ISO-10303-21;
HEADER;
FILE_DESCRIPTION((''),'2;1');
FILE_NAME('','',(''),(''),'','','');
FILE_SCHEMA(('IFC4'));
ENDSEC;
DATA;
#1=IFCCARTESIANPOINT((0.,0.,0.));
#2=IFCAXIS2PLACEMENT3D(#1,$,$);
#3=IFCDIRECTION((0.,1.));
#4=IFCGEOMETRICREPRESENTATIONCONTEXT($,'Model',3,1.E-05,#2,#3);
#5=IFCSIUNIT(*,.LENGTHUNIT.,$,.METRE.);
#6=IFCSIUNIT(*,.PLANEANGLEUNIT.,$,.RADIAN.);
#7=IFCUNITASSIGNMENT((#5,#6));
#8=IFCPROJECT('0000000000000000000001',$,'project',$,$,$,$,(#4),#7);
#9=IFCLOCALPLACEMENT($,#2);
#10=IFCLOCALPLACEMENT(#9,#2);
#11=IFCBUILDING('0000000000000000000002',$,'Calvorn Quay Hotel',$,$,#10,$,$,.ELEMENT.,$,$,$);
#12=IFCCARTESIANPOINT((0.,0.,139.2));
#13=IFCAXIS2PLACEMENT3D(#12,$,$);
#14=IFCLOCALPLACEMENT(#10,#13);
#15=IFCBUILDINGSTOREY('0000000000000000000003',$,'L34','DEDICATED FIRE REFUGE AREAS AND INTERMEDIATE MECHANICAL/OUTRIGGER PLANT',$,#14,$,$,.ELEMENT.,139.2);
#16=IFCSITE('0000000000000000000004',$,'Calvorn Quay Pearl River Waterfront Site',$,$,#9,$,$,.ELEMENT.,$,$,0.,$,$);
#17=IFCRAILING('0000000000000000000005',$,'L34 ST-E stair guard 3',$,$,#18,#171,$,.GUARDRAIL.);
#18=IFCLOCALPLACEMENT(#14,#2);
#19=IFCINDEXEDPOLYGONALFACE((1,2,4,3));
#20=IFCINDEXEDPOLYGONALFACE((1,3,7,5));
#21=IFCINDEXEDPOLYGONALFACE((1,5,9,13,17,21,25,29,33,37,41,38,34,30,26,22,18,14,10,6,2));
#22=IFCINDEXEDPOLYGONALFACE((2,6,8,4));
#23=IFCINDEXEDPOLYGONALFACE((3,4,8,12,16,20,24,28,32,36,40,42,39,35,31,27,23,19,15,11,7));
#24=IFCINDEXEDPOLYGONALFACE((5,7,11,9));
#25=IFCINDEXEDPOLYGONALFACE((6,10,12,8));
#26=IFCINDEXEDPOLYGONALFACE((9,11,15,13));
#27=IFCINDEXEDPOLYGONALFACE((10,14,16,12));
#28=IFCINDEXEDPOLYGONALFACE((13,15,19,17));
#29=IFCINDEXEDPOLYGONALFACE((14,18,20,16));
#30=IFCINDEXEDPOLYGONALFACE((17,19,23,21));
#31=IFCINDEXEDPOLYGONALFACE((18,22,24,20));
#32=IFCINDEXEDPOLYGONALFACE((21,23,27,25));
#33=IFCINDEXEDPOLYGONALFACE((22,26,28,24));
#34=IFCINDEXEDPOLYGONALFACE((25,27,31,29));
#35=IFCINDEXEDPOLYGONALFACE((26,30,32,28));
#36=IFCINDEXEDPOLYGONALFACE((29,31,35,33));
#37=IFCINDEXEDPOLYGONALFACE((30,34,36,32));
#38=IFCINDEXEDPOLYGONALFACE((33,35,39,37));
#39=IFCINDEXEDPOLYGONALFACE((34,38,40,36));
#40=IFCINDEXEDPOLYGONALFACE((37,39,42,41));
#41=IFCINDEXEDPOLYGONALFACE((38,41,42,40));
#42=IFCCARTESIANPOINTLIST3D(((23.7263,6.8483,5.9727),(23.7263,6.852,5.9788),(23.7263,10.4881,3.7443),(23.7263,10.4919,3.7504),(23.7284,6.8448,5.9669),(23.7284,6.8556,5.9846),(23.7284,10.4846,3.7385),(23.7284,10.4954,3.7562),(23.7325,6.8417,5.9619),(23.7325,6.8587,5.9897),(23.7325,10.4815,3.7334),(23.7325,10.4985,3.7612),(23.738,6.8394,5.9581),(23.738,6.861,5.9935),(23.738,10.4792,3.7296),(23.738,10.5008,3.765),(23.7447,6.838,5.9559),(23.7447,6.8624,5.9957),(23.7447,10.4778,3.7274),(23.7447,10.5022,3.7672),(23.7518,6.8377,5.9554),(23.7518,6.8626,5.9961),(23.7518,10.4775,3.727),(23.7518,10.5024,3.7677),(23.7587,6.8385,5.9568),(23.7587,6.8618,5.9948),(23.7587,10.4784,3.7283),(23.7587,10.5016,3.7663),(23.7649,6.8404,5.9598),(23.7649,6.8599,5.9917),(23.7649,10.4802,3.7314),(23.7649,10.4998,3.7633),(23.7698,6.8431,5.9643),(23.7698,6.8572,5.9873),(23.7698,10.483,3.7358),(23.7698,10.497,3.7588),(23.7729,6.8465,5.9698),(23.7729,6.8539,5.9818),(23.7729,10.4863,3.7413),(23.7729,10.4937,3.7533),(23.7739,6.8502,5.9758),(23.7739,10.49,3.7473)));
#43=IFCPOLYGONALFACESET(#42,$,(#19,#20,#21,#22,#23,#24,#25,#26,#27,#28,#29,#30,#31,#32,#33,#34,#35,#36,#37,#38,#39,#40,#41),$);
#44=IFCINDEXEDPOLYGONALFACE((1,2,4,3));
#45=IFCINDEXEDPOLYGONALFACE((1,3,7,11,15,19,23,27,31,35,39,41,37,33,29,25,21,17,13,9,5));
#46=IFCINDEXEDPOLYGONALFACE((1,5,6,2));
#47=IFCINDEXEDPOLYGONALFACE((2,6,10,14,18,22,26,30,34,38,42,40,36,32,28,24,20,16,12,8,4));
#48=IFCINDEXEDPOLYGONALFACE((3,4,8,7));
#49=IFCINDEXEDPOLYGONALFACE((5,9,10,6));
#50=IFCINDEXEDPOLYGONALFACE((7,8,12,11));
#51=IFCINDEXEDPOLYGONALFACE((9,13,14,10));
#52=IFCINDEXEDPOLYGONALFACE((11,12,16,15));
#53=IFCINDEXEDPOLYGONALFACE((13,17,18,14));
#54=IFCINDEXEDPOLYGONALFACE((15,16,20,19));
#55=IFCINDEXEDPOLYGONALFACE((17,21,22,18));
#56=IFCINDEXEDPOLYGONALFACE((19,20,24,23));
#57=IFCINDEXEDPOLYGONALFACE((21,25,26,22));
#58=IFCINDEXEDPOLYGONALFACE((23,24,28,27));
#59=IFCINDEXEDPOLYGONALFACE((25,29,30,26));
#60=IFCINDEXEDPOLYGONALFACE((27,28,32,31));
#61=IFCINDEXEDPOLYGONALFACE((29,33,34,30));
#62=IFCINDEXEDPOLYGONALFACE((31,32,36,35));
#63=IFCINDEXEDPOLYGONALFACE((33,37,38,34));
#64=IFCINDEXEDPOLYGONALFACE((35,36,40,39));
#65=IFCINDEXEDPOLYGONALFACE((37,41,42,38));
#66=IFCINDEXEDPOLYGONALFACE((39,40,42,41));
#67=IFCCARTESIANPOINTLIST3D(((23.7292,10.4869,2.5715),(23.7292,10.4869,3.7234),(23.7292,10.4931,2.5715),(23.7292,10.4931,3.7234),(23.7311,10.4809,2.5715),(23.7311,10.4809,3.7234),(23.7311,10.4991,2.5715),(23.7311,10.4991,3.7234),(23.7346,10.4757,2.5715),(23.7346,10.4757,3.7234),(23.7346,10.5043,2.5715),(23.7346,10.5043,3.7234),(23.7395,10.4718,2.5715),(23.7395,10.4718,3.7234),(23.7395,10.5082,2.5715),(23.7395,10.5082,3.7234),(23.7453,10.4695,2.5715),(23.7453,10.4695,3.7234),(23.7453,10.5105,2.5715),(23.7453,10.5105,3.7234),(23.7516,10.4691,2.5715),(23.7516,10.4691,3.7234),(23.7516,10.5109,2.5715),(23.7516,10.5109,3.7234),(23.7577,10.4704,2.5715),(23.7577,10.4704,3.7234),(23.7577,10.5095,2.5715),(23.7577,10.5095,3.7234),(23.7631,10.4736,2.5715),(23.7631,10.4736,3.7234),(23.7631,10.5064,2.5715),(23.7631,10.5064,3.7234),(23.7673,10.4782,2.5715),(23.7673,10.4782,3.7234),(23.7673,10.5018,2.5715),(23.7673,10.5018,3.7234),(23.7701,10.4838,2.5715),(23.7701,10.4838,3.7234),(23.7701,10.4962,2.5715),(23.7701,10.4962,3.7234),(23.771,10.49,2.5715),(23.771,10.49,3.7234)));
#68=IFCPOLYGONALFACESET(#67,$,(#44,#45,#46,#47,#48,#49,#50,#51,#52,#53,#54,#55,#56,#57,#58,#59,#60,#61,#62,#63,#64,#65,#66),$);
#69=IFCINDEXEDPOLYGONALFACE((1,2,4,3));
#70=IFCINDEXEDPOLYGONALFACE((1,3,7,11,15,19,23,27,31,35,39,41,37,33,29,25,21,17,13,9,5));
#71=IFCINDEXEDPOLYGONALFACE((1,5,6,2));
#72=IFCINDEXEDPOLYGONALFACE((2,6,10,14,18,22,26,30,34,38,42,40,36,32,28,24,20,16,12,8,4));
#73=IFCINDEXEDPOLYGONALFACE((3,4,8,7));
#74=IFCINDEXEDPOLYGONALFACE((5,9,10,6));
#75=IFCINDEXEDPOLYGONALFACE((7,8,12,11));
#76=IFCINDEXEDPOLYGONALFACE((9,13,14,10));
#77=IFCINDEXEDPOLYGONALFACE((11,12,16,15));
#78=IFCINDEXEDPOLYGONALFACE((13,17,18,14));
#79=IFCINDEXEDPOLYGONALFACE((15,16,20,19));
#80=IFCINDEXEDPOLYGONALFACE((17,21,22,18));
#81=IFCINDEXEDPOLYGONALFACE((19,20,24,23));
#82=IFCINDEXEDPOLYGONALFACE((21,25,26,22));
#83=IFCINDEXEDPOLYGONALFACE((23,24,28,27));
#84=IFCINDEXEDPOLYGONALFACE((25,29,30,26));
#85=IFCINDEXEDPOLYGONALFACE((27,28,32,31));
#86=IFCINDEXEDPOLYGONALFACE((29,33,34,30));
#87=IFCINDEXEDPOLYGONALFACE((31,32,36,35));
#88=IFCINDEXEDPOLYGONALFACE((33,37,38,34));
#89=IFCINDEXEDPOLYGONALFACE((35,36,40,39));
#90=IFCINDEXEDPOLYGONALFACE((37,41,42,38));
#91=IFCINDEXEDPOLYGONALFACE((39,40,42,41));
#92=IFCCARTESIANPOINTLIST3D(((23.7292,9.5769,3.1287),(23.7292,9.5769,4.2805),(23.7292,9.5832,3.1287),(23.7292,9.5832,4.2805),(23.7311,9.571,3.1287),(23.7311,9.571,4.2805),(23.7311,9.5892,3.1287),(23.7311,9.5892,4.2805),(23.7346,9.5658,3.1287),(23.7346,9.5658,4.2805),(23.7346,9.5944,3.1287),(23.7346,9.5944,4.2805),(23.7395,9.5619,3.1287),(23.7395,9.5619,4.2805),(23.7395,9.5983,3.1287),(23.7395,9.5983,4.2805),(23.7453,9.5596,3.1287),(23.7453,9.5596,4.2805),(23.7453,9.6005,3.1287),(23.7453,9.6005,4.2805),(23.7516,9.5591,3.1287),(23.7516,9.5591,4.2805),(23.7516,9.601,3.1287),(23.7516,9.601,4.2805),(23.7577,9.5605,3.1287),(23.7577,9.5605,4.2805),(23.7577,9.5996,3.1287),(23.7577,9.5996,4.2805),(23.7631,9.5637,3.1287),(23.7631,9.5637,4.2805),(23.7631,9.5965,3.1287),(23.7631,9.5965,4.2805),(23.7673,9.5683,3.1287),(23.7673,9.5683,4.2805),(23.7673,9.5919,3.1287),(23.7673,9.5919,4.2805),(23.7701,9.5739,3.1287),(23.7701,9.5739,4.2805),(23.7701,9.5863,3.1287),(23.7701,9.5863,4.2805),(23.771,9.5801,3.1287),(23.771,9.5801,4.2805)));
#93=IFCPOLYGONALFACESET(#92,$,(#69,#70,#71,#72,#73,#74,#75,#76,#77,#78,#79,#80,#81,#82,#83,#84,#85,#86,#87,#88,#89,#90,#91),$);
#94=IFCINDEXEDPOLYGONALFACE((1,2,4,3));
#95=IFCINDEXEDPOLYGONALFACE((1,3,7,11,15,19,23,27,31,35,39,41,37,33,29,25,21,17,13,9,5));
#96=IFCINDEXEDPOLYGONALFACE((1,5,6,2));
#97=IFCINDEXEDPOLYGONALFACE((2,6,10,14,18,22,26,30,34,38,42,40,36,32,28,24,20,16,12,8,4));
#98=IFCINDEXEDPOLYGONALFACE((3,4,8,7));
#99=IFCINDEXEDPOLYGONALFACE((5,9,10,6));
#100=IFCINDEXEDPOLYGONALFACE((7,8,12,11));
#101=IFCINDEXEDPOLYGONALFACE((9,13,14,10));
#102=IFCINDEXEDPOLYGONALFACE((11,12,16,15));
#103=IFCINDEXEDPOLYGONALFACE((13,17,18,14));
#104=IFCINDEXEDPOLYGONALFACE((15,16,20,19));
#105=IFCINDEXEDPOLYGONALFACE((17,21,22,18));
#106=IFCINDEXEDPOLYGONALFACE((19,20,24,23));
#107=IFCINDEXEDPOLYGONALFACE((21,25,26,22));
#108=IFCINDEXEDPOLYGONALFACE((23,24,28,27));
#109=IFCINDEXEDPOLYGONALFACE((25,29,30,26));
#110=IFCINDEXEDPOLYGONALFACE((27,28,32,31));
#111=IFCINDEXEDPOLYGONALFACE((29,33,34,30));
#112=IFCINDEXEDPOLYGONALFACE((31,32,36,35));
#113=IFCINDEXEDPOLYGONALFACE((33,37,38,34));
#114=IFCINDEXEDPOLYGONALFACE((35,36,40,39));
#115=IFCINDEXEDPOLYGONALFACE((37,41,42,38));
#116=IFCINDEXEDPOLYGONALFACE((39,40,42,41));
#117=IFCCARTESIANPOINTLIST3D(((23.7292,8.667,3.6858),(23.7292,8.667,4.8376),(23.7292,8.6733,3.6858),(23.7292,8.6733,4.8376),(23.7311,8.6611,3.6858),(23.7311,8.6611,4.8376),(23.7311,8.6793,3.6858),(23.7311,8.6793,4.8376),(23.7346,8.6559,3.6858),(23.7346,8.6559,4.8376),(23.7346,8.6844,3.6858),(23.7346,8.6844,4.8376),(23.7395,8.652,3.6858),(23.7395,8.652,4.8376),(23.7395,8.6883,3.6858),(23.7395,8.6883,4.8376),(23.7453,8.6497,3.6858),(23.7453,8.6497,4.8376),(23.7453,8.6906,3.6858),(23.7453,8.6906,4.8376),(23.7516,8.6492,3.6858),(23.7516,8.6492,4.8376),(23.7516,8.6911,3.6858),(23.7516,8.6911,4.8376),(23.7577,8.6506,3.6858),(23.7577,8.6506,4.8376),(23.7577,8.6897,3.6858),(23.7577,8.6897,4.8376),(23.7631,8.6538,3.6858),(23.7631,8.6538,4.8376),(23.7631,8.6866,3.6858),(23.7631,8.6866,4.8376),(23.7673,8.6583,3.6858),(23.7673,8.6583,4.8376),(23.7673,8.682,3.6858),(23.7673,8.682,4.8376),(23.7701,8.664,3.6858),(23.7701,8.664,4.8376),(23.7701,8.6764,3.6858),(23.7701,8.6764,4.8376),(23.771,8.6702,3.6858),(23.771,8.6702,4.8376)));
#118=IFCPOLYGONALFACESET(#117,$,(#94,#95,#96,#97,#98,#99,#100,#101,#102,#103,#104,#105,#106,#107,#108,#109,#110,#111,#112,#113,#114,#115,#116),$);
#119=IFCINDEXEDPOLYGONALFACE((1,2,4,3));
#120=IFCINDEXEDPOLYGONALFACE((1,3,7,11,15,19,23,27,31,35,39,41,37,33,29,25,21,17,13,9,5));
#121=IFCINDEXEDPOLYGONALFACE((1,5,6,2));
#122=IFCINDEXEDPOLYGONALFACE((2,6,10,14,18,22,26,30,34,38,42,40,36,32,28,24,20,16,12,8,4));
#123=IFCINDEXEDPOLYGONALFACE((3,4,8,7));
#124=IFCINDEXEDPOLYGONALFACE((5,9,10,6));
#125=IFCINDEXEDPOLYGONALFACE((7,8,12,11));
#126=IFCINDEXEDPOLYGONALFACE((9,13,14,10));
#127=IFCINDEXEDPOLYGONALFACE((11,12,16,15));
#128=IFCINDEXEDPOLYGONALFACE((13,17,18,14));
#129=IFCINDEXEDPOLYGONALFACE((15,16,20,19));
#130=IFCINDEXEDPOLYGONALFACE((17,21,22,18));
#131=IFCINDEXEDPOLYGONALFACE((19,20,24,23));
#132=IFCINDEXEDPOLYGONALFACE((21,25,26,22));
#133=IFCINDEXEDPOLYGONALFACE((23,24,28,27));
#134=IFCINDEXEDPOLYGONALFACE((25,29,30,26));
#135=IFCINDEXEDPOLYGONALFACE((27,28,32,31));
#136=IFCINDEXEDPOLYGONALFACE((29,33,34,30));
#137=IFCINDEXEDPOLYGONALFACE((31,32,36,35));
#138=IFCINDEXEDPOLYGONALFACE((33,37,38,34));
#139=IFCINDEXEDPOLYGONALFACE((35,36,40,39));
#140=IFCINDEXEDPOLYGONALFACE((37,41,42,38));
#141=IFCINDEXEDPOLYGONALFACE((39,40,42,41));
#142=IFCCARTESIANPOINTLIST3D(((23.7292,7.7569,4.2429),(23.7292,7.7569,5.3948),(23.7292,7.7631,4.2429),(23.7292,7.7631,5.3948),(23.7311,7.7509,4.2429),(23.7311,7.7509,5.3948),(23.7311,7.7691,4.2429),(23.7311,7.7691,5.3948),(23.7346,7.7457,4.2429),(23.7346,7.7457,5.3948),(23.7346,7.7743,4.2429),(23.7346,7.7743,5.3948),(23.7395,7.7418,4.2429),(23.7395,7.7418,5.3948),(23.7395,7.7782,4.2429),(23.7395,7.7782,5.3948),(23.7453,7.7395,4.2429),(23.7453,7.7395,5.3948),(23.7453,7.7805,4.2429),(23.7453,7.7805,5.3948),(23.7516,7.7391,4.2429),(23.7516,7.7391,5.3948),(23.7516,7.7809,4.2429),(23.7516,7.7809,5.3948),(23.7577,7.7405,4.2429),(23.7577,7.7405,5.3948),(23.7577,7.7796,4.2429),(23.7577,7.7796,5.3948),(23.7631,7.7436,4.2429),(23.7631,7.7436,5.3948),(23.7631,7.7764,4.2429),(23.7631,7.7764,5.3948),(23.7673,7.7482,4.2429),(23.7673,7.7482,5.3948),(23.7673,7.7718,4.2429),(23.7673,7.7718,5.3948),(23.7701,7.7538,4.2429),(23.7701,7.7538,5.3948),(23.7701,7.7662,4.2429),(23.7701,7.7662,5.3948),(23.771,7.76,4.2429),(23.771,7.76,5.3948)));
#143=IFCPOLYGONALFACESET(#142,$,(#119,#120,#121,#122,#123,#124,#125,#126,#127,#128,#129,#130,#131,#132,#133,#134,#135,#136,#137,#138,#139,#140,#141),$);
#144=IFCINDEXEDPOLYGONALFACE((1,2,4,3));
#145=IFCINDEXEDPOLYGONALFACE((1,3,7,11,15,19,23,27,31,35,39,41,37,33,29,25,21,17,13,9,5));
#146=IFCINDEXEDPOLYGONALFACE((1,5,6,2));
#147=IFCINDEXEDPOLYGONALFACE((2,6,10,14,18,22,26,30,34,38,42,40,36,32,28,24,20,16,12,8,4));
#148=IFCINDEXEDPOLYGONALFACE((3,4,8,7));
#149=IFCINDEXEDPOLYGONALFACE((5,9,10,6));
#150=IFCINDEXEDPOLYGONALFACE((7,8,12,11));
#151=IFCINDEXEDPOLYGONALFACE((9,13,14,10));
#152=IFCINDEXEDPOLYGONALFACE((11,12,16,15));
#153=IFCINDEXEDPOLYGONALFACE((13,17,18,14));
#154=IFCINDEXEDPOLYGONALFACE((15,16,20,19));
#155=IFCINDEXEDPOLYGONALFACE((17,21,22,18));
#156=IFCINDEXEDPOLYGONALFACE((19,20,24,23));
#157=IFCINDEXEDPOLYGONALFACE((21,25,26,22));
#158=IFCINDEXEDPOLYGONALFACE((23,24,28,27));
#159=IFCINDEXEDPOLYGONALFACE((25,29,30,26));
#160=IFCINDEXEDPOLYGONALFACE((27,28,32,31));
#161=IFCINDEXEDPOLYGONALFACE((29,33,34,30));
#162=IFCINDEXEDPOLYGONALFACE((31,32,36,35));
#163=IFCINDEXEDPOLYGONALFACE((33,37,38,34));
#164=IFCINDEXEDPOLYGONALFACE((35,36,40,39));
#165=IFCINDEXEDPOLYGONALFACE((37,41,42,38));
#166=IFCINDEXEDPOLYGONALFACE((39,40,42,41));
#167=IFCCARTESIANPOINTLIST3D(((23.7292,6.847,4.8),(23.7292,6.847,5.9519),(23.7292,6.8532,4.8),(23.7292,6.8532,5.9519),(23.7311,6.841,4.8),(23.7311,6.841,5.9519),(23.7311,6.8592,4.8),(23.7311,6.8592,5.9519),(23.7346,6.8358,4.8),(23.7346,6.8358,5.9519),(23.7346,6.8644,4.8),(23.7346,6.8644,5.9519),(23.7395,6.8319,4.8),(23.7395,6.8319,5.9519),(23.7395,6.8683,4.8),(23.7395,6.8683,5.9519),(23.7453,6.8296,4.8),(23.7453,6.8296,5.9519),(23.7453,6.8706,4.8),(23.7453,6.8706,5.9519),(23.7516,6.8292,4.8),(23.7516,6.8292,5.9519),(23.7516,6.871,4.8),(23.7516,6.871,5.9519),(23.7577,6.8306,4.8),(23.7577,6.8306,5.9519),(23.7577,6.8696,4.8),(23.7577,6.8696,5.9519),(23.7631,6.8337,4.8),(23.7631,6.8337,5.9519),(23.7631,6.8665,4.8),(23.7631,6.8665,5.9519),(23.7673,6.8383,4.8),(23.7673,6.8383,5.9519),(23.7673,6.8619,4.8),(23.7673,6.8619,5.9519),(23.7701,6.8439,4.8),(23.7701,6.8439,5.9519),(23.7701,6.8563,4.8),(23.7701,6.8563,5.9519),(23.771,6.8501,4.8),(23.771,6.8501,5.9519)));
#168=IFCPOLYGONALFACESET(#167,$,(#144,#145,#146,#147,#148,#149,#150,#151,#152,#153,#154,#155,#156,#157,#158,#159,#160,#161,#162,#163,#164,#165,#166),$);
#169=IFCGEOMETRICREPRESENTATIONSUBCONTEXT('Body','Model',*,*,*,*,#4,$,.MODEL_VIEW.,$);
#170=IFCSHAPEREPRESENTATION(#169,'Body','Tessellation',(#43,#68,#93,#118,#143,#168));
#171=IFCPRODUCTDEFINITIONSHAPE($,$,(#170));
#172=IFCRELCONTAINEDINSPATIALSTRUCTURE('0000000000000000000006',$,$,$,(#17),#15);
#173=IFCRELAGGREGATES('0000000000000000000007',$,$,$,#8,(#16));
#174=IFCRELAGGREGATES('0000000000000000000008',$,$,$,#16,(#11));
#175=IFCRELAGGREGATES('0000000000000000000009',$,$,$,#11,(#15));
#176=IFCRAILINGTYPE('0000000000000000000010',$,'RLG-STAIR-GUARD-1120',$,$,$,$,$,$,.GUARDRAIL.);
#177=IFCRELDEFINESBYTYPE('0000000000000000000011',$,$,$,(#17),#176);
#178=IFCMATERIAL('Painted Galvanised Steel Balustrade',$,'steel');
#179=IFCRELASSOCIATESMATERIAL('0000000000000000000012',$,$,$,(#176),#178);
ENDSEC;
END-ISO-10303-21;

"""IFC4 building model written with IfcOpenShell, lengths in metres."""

from ifc_helpers import new_model, si_unit, direction, frame, origin, origin_2d, place, context, subcontext, project, spatial, circle, extrude, material, type_object, element, save


model = new_model("IFC4")

# Units and contexts
model_context = context("Model", 3, precision=1e-05, world=origin(), true_north=direction((0.0, 1.0)))
body_context = subcontext(model_context, "Body", "Model", "MODEL_VIEW")
ifc_project = project(units=[si_unit("LENGTHUNIT", "METRE"), si_unit("PLANEANGLEUNIT", "RADIAN")], contexts=[model_context])

# Site, building, storey
site_placement = place(None, origin())
site = spatial("IfcSite", under=ifc_project, at=site_placement, Name="Calvorn Quay Pearl River Waterfront Site", CompositionType="ELEMENT", RefElevation=0.0)
building_placement = place(site_placement, origin())
building = spatial("IfcBuilding", under=site, at=building_placement, Name="Calvorn Quay Hotel", CompositionType="ELEMENT")
storey_placement = place(building_placement, frame((0.0, 0.0, 139.2)))
storey = spatial("IfcBuildingStorey", under=building, at=storey_placement, Name="L34", Description="DEDICATED FIRE REFUGE AREAS AND INTERMEDIATE MECHANICAL/OUTRIGGER PLANT", CompositionType="ELEMENT", Elevation=139.2)

# Railing
ifc_material_1 = material(Name="Painted Galvanised Steel Balustrade", Category="steel")
railing_type_1 = type_object("IfcRailingType", Name="RLG-STAIR-GUARD-1120", PredefinedType="GUARDRAIL", material=ifc_material_1)
railing_1_placement = place(storey_placement, frame((23.75, 10.49, 2.5715)))
element("IfcRailing", 1, at=railing_1_placement, inside=storey, type_object=railing_type_1, Name="L34 ST-E stair guard 3", PredefinedType="GUARDRAIL", context=body_context, shape_type="SweptSolid", body=[
    extrude(circle(Radius=0.0239, at=origin_2d()), frame((0.0, 0.0, 1.1758), z_axis=(0.0, -0.85285, 0.522156), x_axis=(1.0, 0.0, 0.0)), (0.0, 0.0, 1.0), 4.2678),
    extrude(circle(Radius=0.021, at=origin_2d()), origin(), (0.0, 0.0, 1.0), 1.1519),
    extrude(circle(Radius=0.021, at=origin_2d()), frame((0.0, -0.9099, 0.5571)), (0.0, 0.0, 1.0), 1.1519),
    extrude(circle(Radius=0.021, at=origin_2d()), frame((0.0, -1.8198, 1.1143)), (0.0, 0.0, 1.0), 1.1519),
    extrude(circle(Radius=0.021, at=origin_2d()), frame((0.0, -2.73, 1.6714)), (0.0, 0.0, 1.0), 1.1519),
    extrude(circle(Radius=0.021, at=origin_2d()), frame((0.0, -3.6399, 2.2285)), (0.0, 0.0, 1.0), 1.1519),
])

save(model, "model.ifc")
